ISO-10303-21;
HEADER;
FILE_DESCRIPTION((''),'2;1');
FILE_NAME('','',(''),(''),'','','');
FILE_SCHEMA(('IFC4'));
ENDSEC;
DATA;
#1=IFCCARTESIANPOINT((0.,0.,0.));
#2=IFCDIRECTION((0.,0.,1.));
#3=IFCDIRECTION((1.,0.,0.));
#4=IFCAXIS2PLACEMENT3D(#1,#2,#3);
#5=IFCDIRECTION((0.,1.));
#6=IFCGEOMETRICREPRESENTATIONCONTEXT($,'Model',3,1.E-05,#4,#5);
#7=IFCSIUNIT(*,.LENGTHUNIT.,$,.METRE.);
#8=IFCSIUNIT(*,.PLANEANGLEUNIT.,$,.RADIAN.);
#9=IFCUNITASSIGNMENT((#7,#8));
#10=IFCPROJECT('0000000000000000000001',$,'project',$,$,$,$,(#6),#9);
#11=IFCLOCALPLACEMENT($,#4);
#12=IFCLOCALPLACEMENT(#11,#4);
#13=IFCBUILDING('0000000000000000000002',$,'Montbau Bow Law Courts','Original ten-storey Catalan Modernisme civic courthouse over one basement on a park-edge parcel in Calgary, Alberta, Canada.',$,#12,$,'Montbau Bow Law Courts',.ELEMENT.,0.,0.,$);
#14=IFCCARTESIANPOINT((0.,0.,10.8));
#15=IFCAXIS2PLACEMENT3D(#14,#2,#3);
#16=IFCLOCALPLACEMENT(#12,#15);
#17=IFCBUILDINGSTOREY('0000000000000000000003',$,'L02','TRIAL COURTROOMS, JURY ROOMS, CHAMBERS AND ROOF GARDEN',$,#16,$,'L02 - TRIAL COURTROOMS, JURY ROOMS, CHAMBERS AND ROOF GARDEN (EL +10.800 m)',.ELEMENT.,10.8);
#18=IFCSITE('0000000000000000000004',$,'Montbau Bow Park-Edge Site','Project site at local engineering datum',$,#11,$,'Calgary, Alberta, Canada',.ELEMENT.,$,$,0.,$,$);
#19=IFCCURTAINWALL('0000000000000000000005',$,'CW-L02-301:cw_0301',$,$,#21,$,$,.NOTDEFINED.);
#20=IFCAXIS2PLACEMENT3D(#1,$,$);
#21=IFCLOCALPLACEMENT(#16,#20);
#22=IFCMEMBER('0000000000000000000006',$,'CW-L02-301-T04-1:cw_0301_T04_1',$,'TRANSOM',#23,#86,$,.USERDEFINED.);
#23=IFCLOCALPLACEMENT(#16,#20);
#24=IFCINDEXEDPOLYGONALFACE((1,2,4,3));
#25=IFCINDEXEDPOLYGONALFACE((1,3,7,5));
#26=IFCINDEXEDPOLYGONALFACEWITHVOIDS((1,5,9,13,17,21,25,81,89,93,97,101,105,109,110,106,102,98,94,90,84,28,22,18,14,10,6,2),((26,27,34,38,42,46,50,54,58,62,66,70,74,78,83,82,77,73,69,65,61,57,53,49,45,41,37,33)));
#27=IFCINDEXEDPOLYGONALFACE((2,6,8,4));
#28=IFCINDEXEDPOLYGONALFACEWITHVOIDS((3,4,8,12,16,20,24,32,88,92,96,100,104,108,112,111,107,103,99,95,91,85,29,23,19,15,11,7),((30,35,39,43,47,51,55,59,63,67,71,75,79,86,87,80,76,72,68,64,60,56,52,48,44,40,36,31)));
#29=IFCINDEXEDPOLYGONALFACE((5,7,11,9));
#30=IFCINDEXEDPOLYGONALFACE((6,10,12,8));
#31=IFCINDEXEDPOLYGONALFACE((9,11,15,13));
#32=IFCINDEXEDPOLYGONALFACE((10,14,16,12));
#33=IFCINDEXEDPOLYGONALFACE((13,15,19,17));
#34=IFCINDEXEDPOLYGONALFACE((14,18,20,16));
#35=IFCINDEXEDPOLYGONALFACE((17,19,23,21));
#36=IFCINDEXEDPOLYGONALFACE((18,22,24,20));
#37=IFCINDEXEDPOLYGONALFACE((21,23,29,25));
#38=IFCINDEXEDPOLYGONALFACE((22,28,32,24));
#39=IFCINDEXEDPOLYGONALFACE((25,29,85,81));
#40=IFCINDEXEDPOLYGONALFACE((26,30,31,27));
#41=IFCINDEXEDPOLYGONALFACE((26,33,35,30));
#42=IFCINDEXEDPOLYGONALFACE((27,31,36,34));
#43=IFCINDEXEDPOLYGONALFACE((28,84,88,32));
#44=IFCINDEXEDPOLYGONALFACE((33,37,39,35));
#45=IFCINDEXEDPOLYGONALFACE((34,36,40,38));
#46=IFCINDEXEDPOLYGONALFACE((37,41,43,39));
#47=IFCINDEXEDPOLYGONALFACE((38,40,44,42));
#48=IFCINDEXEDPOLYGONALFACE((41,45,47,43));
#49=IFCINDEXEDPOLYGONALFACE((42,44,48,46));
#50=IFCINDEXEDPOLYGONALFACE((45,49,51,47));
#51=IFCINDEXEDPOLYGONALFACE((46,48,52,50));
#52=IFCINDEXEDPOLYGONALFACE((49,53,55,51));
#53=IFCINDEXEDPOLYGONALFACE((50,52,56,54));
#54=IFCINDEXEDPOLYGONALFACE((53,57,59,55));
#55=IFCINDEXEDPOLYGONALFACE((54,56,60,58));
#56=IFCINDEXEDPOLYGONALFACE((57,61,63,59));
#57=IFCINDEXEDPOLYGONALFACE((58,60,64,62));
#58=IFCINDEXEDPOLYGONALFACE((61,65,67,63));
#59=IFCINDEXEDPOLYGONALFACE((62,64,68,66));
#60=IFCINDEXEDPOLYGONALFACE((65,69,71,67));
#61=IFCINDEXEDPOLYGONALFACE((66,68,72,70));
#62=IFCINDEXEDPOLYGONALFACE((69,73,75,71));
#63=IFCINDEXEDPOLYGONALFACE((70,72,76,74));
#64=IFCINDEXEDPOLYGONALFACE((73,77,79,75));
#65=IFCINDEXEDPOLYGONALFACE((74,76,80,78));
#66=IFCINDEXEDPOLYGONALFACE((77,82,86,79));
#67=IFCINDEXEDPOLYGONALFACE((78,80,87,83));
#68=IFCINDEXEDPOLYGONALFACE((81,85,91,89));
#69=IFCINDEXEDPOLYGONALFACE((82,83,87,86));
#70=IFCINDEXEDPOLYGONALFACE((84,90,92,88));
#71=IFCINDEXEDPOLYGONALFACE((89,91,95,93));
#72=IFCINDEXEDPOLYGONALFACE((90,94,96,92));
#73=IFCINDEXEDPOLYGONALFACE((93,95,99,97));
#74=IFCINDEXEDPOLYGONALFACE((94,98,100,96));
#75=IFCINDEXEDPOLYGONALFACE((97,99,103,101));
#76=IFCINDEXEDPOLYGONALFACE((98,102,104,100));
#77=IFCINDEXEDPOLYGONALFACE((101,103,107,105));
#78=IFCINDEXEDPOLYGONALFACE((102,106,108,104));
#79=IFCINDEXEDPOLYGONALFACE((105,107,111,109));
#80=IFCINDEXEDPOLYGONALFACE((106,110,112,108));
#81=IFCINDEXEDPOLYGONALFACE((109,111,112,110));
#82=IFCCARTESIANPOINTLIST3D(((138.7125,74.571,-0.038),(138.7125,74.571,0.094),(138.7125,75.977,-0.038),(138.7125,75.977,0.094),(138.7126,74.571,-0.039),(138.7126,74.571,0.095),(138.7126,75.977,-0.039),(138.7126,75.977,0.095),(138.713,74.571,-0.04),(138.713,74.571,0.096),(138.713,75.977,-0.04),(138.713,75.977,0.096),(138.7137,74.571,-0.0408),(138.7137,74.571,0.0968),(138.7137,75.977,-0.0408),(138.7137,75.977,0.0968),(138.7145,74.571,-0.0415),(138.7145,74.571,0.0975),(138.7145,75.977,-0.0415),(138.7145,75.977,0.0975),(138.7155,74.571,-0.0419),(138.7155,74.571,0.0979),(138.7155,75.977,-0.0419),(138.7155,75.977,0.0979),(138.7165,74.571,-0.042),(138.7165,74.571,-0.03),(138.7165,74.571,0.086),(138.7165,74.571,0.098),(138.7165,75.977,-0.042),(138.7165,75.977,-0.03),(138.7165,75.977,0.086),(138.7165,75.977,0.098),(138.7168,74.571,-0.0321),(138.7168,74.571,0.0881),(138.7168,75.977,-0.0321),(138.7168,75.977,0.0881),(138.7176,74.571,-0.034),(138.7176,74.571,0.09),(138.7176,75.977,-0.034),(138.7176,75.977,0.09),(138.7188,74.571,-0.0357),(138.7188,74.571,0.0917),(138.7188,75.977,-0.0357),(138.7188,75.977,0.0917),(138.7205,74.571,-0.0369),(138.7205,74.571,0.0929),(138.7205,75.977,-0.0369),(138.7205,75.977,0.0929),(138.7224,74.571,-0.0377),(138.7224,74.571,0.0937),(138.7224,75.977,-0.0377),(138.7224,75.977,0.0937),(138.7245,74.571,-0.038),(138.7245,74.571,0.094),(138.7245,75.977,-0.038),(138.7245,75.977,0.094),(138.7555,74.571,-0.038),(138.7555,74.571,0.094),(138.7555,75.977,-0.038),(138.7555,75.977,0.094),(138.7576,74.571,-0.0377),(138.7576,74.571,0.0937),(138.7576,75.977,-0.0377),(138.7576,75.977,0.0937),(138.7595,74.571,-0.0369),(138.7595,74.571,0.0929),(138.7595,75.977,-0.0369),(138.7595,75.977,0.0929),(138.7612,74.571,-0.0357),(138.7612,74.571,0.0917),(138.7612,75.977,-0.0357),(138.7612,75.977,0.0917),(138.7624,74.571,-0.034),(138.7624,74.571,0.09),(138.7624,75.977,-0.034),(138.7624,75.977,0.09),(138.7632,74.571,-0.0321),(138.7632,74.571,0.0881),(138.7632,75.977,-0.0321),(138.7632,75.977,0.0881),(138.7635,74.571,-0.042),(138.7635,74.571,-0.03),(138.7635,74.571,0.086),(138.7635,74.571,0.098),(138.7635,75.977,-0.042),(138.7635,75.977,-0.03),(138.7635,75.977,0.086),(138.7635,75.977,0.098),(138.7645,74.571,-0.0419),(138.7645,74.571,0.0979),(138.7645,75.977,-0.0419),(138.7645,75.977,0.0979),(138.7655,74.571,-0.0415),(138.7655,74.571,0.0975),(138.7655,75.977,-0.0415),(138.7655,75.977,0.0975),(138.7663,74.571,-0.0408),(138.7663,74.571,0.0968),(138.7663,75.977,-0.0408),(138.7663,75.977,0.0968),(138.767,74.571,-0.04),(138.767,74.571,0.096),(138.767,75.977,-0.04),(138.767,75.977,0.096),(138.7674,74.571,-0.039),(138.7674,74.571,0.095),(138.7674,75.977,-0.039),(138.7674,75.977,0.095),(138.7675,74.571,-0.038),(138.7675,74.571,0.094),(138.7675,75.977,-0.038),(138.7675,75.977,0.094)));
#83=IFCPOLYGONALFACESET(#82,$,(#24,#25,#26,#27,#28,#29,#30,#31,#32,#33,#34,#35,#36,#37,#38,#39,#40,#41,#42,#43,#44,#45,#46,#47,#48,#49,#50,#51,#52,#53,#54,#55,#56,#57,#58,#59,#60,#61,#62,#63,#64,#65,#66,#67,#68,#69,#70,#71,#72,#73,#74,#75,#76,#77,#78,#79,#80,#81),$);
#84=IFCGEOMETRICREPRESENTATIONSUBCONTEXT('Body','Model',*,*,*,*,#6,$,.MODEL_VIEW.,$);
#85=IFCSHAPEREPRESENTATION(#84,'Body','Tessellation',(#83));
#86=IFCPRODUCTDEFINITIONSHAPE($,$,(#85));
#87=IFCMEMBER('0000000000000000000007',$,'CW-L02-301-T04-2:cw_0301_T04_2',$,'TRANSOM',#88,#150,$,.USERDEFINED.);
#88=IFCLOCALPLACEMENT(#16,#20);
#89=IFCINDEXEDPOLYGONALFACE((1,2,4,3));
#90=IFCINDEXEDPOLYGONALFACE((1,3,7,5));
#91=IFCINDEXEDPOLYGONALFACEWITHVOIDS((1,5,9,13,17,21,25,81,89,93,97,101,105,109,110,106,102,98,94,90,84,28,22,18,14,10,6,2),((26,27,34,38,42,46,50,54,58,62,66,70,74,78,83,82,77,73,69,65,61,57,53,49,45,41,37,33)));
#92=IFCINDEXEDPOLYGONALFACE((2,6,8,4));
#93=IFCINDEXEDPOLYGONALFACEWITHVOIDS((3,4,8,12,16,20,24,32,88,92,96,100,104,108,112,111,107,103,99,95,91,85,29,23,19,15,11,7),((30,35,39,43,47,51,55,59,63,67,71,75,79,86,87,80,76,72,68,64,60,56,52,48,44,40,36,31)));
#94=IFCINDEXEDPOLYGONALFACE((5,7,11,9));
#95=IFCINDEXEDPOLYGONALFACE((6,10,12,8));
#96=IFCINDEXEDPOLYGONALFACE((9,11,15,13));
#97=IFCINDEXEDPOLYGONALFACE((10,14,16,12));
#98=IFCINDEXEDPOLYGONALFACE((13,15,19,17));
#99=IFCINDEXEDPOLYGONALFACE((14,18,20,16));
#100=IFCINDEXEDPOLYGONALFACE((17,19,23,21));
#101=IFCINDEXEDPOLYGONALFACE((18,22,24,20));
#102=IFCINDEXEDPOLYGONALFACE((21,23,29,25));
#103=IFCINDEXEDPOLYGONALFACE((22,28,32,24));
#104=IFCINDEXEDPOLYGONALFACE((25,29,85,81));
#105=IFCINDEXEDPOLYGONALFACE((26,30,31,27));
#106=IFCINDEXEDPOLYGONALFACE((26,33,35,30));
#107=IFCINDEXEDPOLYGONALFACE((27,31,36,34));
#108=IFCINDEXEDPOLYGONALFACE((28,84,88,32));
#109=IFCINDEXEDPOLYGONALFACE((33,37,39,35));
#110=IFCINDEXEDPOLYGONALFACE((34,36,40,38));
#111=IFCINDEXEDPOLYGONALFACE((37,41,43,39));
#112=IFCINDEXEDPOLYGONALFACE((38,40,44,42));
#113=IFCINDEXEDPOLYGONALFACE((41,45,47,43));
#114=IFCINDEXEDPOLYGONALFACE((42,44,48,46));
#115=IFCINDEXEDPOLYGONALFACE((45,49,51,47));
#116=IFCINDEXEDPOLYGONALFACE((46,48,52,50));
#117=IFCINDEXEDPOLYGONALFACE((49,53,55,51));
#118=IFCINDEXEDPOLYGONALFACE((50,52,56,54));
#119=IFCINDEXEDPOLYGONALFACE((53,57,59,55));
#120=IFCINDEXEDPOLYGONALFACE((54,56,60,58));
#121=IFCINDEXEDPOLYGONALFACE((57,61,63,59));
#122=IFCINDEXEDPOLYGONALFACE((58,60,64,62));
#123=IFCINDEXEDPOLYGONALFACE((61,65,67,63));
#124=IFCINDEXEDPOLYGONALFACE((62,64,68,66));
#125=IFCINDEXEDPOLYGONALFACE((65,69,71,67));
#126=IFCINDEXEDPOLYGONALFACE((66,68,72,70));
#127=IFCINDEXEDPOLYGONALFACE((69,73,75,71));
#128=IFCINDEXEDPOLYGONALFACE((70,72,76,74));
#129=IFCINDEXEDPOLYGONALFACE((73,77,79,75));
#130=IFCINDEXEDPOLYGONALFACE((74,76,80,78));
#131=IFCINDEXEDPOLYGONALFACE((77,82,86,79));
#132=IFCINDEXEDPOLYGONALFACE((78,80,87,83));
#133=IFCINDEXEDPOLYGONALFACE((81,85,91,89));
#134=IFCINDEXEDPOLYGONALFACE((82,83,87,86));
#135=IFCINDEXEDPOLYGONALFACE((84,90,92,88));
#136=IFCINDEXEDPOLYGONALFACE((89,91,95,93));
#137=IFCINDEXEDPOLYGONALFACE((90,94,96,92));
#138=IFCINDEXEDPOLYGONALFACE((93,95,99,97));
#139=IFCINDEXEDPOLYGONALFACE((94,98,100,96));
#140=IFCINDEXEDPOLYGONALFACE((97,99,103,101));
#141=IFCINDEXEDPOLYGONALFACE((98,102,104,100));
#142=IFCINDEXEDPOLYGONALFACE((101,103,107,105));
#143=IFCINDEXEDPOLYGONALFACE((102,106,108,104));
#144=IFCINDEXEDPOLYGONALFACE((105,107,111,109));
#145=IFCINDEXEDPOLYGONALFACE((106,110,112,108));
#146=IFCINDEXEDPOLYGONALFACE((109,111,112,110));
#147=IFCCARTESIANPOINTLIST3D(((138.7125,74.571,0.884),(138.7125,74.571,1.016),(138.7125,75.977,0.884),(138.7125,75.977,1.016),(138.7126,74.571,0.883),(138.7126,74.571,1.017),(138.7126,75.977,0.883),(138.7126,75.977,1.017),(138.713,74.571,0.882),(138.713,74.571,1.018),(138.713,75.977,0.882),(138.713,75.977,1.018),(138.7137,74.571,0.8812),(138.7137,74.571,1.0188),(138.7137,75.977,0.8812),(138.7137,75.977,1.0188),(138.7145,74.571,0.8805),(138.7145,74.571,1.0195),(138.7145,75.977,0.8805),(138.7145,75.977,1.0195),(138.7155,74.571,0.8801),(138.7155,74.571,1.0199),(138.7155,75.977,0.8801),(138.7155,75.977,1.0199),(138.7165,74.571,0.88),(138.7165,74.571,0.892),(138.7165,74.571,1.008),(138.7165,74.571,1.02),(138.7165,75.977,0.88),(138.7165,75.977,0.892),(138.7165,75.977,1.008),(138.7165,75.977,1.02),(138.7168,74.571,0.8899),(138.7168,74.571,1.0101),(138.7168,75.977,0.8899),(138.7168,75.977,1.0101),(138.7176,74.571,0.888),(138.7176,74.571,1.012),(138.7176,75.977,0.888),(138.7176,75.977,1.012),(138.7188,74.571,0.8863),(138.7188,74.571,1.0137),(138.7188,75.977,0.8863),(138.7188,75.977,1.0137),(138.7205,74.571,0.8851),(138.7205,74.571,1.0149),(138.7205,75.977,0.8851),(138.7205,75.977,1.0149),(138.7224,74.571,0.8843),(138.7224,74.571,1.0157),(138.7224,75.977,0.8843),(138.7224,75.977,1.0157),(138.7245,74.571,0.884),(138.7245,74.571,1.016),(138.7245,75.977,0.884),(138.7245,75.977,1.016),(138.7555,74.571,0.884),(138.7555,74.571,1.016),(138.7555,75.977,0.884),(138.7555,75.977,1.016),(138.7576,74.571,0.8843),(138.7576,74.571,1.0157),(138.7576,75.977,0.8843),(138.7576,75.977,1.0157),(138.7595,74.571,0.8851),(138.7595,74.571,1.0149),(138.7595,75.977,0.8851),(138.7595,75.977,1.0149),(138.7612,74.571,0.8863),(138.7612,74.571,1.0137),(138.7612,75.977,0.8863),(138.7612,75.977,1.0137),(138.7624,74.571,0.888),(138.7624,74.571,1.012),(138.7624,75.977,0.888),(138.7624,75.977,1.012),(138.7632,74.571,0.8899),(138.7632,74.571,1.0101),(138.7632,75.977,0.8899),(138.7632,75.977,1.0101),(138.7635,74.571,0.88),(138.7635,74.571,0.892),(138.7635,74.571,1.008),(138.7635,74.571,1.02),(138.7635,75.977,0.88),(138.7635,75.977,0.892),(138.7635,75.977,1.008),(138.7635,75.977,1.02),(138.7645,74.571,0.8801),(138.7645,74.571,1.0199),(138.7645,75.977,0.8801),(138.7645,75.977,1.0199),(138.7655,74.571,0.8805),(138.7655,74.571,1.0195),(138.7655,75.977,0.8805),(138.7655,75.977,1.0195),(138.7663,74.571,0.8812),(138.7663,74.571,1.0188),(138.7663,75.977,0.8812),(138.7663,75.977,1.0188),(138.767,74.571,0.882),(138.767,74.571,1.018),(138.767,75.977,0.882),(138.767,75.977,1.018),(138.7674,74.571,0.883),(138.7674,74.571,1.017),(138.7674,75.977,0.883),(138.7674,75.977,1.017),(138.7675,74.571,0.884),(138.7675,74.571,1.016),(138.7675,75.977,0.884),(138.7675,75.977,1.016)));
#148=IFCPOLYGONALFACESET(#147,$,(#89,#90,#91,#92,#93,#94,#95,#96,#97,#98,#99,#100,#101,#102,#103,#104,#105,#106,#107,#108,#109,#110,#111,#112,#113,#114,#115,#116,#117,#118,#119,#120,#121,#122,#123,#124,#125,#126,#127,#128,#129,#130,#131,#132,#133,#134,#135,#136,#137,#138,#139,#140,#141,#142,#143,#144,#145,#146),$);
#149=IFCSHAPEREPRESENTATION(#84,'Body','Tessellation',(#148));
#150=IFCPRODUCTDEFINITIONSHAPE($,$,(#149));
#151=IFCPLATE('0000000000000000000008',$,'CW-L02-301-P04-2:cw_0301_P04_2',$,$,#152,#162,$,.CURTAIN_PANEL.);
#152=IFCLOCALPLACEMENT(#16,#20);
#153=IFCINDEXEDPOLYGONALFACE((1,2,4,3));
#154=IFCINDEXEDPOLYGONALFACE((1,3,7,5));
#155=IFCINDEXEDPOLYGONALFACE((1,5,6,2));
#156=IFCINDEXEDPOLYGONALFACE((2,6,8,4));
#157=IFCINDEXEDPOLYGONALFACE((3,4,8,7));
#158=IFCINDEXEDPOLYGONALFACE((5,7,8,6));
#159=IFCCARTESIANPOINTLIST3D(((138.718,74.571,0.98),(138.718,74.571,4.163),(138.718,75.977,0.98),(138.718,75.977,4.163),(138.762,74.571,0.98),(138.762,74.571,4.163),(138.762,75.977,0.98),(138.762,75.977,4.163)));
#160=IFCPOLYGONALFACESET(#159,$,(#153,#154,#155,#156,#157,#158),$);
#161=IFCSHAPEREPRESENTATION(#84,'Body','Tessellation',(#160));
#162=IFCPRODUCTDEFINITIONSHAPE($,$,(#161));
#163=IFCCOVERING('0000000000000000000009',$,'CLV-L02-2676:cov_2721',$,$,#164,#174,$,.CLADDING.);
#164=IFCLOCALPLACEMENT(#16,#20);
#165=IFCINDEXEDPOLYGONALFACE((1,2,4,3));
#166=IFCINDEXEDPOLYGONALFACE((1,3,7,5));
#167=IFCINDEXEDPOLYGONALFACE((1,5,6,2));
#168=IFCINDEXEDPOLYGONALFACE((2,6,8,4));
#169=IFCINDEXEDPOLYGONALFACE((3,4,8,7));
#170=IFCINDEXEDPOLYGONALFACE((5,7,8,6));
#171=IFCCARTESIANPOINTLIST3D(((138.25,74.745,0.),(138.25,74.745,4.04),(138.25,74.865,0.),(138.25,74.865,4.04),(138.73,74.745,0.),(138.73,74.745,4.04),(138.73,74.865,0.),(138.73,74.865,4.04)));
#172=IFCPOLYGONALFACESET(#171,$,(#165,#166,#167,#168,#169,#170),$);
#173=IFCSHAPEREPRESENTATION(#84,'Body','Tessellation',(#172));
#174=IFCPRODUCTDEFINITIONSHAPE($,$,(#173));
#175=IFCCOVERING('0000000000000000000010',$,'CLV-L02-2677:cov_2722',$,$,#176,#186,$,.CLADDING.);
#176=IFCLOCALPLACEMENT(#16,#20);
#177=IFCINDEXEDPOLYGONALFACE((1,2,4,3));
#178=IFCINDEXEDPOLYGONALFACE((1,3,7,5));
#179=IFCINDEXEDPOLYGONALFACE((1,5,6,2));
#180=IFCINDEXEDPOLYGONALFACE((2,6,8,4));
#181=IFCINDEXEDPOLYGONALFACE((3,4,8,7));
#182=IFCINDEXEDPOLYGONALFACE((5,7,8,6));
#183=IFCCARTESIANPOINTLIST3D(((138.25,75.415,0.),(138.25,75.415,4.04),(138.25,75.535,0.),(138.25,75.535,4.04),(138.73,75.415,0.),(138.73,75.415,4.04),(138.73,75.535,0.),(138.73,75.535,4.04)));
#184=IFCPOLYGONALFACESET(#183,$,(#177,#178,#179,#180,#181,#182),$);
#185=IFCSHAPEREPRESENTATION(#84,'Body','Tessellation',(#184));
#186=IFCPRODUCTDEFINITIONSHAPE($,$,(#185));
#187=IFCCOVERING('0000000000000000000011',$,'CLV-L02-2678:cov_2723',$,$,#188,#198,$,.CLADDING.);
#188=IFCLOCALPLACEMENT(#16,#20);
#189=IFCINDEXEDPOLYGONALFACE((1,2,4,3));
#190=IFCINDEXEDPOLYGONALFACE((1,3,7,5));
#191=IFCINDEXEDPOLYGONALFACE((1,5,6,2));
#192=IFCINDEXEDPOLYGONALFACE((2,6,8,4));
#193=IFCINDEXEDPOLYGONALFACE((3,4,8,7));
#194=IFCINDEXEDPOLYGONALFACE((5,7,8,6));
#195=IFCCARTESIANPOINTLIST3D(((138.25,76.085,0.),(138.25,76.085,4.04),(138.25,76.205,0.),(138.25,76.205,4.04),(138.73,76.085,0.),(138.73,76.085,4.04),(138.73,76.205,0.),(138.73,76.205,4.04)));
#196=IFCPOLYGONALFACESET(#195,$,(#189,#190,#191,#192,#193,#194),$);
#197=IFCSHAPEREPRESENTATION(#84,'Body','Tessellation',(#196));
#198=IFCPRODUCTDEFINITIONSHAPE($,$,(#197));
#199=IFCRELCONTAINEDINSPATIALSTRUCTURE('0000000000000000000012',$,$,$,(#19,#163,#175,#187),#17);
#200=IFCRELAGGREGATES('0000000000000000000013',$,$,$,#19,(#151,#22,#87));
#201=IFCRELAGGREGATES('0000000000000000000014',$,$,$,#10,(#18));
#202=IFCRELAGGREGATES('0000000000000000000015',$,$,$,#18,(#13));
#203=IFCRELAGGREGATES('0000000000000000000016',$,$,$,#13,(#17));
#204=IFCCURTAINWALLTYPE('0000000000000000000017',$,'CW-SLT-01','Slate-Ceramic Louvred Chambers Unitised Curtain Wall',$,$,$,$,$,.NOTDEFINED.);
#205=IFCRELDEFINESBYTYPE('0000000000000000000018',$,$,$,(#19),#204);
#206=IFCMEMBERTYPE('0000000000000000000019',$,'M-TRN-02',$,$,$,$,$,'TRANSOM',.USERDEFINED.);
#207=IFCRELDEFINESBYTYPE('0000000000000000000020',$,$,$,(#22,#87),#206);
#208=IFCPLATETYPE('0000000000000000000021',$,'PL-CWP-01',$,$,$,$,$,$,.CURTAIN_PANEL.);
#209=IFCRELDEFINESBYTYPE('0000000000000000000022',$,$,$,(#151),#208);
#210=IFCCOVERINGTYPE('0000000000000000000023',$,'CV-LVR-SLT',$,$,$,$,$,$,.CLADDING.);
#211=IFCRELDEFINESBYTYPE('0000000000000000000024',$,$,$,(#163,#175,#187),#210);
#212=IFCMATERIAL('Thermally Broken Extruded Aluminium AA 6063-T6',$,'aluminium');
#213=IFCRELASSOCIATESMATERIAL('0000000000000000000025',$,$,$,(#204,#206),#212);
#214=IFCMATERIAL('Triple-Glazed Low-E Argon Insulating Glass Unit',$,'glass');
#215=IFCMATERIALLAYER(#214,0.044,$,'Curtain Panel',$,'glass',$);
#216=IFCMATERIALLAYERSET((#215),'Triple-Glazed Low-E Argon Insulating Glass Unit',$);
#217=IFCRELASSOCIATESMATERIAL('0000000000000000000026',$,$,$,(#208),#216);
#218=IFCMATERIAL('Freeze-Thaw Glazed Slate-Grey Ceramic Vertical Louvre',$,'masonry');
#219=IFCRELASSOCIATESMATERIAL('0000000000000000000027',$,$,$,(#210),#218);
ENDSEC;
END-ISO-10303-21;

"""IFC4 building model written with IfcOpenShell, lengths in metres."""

from ifc_helpers import new_model, si_unit, direction, frame, frame_2d, origin_with_axes, origin_2d_with_axis, place, context, subcontext, project, spatial, rectangle, hollow_rectangle, extrude, material, layer, layer_set, material_profile, profile_set, type_object, element, aggregate, save


model = new_model("IFC4")

# Units and contexts
model_context = context("Model", 3, precision=1e-05, world=origin_with_axes(), true_north=direction((0.0, 1.0)))
body_context = subcontext(model_context, "Body", "Model", "MODEL_VIEW")
ifc_project = project(units=[si_unit("LENGTHUNIT", "METRE"), si_unit("PLANEANGLEUNIT", "RADIAN")], contexts=[model_context])

# Site, building, storey
site_placement = place(None, origin_with_axes())
site = spatial("IfcSite", under=ifc_project, at=site_placement, Name="Montbau Bow Park-Edge Site", Description="Project site at local engineering datum", LongName="Calgary, Alberta, Canada", CompositionType="ELEMENT", RefElevation=0.0)
building_placement = place(site_placement, origin_with_axes())
building = spatial("IfcBuilding", under=site, at=building_placement, Name="Montbau Bow Law Courts", Description="Original ten-storey Catalan Modernisme civic courthouse over one basement on a park-edge parcel in Calgary, Alberta, Canada.", LongName="Montbau Bow Law Courts", CompositionType="ELEMENT", ElevationOfRefHeight=0.0, ElevationOfTerrain=0.0)
storey_placement = place(building_placement, frame((0.0, 0.0, 10.8), z_axis=(0.0, 0.0, 1.0), x_axis=(1.0, 0.0, 0.0)))
storey = spatial("IfcBuildingStorey", under=building, at=storey_placement, Name="L02", Description="TRIAL COURTROOMS, JURY ROOMS, CHAMBERS AND ROOF GARDEN", LongName="L02 - TRIAL COURTROOMS, JURY ROOMS, CHAMBERS AND ROOF GARDEN (EL +10.800 m)", CompositionType="ELEMENT", Elevation=10.8)

# Curtain wall, members, plate
ifc_material_1 = material(Name="Thermally Broken Extruded Aluminium AA 6063-T6", Category="aluminium")
curtain_wall_type = type_object("IfcCurtainWallType", Name="CW-SLT-01", Description="Slate-Ceramic Louvred Chambers Unitised Curtain Wall", PredefinedType="NOTDEFINED", material=ifc_material_1)
curtain_wall_placement = place(None, frame((138.74, 70.115, 10.8), z_axis=(0.0, 0.0, 1.0), x_axis=(1.0, 0.0, 0.0)))
curtain_wall = element("IfcCurtainWall", 1, at=curtain_wall_placement, inside=storey, type_object=curtain_wall_type, Name="CW-L02-301:cw_0301", PredefinedType="NOTDEFINED")
ifc_material_profile_1 = material_profile(ifc_material_1, hollow_rectangle(XDim=0.055, YDim=0.14, WallThickness=0.004, InnerFilletRadius=0.008, OuterFilletRadius=0.004, at=origin_2d_with_axis()), Name="CWT-140X55", Category="Main", Priority=0)
ifc_profile_set_1 = profile_set([ifc_material_profile_1], Name="Thermally Broken Extruded Aluminium AA 6063-T6")
member_type = type_object("IfcMemberType", Name="M-TRN-02", ElementType="TRANSOM", PredefinedType="USERDEFINED", material=ifc_profile_set_1)
member_1_placement = place(None, frame((138.74, 74.571, 10.828), z_axis=(0.0, 1.0, 0.0), x_axis=(-1.0, 0.0, 0.0)))
member_1 = element("IfcMember", 2, at=member_1_placement, type_object=member_type, Name="CW-L02-301-T04-1:cw_0301_T04_1", ObjectType="TRANSOM", PredefinedType="USERDEFINED", context=body_context, shape_type="SweptSolid", body=[
    extrude(hollow_rectangle(XDim=0.055, YDim=0.14, WallThickness=0.004, InnerFilletRadius=0.008, OuterFilletRadius=0.004, at=origin_2d_with_axis()), origin_with_axes(), (0.0, 0.0, 1.0), 1.406),
])
member_2_placement = place(None, frame((138.74, 74.571, 11.75), z_axis=(0.0, 1.0, 0.0), x_axis=(-1.0, 0.0, 0.0)))
member_2 = element("IfcMember", 3, at=member_2_placement, type_object=member_type, Name="CW-L02-301-T04-2:cw_0301_T04_2", ObjectType="TRANSOM", PredefinedType="USERDEFINED", context=body_context, shape_type="SweptSolid", body=[
    extrude(hollow_rectangle(XDim=0.055, YDim=0.14, WallThickness=0.004, InnerFilletRadius=0.008, OuterFilletRadius=0.004, at=origin_2d_with_axis()), origin_with_axes(), (0.0, 0.0, 1.0), 1.406),
])
ifc_material_2 = material(Name="Triple-Glazed Low-E Argon Insulating Glass Unit", Category="glass")
ifc_layer = layer(ifc_material_2, 0.044, Name="Curtain Panel", Category="glass")
ifc_layer_set = layer_set([ifc_layer], Name="Triple-Glazed Low-E Argon Insulating Glass Unit")
plate_type = type_object("IfcPlateType", Name="PL-CWP-01", PredefinedType="CURTAIN_PANEL", material=ifc_layer_set)
plate_placement = place(None, frame((138.74, 74.571, 11.78), z_axis=(1.0, 0.0, 0.0), x_axis=(0.0, 1.0, 0.0)))
plate = element("IfcPlate", 4, at=plate_placement, type_object=plate_type, Name="CW-L02-301-P04-2:cw_0301_P04_2", PredefinedType="CURTAIN_PANEL", context=body_context, shape_type="SweptSolid", body=[
    extrude(rectangle(XDim=1.406, YDim=3.183, at=frame_2d((0.703, 1.5915), x_axis=(1.0, 0.0))), frame((0.0, 0.0, -0.022), z_axis=(0.0, 0.0, 1.0), x_axis=(1.0, 0.0, 0.0)), (0.0, 0.0, 1.0), 0.044),
])
aggregate(curtain_wall, [plate, member_1, member_2])

# Coverings
ifc_material_3 = material(Name="Freeze-Thaw Glazed Slate-Grey Ceramic Vertical Louvre", Category="masonry")
covering_type = type_object("IfcCoveringType", Name="CV-LVR-SLT", PredefinedType="CLADDING", material=ifc_material_3)
for number, where, z_axis, x_axis, name in (
    (5, (138.73, 74.805, 10.8), (0.0, 1.0, 0.0), (-1.0, 0.0, 0.0), "CLV-L02-2676:cov_2721"),
    (6, (138.73, 75.475, 10.8), (0.0, 1.0, 0.0), (-1.0, 0.0, 0.0), "CLV-L02-2677:cov_2722"),
    (7, (138.73, 76.145, 10.8), (0.0, 1.0, 0.0), (-1.0, 0.0, 0.0), "CLV-L02-2678:cov_2723"),
):
    element("IfcCovering", number, at=place(None, frame(where, z_axis=z_axis, x_axis=x_axis)), inside=storey, type_object=covering_type, Name=name, PredefinedType="CLADDING", context=body_context, shape_type="SweptSolid", body=[
        extrude(rectangle(XDim=0.48, YDim=4.04, at=frame_2d((0.24, 2.02), x_axis=(1.0, 0.0))), frame((0.0, 0.0, -0.06), z_axis=(0.0, 0.0, 1.0), x_axis=(1.0, 0.0, 0.0)), (0.0, 0.0, 1.0), 0.12),
    ])

save(model, "model.ifc")
